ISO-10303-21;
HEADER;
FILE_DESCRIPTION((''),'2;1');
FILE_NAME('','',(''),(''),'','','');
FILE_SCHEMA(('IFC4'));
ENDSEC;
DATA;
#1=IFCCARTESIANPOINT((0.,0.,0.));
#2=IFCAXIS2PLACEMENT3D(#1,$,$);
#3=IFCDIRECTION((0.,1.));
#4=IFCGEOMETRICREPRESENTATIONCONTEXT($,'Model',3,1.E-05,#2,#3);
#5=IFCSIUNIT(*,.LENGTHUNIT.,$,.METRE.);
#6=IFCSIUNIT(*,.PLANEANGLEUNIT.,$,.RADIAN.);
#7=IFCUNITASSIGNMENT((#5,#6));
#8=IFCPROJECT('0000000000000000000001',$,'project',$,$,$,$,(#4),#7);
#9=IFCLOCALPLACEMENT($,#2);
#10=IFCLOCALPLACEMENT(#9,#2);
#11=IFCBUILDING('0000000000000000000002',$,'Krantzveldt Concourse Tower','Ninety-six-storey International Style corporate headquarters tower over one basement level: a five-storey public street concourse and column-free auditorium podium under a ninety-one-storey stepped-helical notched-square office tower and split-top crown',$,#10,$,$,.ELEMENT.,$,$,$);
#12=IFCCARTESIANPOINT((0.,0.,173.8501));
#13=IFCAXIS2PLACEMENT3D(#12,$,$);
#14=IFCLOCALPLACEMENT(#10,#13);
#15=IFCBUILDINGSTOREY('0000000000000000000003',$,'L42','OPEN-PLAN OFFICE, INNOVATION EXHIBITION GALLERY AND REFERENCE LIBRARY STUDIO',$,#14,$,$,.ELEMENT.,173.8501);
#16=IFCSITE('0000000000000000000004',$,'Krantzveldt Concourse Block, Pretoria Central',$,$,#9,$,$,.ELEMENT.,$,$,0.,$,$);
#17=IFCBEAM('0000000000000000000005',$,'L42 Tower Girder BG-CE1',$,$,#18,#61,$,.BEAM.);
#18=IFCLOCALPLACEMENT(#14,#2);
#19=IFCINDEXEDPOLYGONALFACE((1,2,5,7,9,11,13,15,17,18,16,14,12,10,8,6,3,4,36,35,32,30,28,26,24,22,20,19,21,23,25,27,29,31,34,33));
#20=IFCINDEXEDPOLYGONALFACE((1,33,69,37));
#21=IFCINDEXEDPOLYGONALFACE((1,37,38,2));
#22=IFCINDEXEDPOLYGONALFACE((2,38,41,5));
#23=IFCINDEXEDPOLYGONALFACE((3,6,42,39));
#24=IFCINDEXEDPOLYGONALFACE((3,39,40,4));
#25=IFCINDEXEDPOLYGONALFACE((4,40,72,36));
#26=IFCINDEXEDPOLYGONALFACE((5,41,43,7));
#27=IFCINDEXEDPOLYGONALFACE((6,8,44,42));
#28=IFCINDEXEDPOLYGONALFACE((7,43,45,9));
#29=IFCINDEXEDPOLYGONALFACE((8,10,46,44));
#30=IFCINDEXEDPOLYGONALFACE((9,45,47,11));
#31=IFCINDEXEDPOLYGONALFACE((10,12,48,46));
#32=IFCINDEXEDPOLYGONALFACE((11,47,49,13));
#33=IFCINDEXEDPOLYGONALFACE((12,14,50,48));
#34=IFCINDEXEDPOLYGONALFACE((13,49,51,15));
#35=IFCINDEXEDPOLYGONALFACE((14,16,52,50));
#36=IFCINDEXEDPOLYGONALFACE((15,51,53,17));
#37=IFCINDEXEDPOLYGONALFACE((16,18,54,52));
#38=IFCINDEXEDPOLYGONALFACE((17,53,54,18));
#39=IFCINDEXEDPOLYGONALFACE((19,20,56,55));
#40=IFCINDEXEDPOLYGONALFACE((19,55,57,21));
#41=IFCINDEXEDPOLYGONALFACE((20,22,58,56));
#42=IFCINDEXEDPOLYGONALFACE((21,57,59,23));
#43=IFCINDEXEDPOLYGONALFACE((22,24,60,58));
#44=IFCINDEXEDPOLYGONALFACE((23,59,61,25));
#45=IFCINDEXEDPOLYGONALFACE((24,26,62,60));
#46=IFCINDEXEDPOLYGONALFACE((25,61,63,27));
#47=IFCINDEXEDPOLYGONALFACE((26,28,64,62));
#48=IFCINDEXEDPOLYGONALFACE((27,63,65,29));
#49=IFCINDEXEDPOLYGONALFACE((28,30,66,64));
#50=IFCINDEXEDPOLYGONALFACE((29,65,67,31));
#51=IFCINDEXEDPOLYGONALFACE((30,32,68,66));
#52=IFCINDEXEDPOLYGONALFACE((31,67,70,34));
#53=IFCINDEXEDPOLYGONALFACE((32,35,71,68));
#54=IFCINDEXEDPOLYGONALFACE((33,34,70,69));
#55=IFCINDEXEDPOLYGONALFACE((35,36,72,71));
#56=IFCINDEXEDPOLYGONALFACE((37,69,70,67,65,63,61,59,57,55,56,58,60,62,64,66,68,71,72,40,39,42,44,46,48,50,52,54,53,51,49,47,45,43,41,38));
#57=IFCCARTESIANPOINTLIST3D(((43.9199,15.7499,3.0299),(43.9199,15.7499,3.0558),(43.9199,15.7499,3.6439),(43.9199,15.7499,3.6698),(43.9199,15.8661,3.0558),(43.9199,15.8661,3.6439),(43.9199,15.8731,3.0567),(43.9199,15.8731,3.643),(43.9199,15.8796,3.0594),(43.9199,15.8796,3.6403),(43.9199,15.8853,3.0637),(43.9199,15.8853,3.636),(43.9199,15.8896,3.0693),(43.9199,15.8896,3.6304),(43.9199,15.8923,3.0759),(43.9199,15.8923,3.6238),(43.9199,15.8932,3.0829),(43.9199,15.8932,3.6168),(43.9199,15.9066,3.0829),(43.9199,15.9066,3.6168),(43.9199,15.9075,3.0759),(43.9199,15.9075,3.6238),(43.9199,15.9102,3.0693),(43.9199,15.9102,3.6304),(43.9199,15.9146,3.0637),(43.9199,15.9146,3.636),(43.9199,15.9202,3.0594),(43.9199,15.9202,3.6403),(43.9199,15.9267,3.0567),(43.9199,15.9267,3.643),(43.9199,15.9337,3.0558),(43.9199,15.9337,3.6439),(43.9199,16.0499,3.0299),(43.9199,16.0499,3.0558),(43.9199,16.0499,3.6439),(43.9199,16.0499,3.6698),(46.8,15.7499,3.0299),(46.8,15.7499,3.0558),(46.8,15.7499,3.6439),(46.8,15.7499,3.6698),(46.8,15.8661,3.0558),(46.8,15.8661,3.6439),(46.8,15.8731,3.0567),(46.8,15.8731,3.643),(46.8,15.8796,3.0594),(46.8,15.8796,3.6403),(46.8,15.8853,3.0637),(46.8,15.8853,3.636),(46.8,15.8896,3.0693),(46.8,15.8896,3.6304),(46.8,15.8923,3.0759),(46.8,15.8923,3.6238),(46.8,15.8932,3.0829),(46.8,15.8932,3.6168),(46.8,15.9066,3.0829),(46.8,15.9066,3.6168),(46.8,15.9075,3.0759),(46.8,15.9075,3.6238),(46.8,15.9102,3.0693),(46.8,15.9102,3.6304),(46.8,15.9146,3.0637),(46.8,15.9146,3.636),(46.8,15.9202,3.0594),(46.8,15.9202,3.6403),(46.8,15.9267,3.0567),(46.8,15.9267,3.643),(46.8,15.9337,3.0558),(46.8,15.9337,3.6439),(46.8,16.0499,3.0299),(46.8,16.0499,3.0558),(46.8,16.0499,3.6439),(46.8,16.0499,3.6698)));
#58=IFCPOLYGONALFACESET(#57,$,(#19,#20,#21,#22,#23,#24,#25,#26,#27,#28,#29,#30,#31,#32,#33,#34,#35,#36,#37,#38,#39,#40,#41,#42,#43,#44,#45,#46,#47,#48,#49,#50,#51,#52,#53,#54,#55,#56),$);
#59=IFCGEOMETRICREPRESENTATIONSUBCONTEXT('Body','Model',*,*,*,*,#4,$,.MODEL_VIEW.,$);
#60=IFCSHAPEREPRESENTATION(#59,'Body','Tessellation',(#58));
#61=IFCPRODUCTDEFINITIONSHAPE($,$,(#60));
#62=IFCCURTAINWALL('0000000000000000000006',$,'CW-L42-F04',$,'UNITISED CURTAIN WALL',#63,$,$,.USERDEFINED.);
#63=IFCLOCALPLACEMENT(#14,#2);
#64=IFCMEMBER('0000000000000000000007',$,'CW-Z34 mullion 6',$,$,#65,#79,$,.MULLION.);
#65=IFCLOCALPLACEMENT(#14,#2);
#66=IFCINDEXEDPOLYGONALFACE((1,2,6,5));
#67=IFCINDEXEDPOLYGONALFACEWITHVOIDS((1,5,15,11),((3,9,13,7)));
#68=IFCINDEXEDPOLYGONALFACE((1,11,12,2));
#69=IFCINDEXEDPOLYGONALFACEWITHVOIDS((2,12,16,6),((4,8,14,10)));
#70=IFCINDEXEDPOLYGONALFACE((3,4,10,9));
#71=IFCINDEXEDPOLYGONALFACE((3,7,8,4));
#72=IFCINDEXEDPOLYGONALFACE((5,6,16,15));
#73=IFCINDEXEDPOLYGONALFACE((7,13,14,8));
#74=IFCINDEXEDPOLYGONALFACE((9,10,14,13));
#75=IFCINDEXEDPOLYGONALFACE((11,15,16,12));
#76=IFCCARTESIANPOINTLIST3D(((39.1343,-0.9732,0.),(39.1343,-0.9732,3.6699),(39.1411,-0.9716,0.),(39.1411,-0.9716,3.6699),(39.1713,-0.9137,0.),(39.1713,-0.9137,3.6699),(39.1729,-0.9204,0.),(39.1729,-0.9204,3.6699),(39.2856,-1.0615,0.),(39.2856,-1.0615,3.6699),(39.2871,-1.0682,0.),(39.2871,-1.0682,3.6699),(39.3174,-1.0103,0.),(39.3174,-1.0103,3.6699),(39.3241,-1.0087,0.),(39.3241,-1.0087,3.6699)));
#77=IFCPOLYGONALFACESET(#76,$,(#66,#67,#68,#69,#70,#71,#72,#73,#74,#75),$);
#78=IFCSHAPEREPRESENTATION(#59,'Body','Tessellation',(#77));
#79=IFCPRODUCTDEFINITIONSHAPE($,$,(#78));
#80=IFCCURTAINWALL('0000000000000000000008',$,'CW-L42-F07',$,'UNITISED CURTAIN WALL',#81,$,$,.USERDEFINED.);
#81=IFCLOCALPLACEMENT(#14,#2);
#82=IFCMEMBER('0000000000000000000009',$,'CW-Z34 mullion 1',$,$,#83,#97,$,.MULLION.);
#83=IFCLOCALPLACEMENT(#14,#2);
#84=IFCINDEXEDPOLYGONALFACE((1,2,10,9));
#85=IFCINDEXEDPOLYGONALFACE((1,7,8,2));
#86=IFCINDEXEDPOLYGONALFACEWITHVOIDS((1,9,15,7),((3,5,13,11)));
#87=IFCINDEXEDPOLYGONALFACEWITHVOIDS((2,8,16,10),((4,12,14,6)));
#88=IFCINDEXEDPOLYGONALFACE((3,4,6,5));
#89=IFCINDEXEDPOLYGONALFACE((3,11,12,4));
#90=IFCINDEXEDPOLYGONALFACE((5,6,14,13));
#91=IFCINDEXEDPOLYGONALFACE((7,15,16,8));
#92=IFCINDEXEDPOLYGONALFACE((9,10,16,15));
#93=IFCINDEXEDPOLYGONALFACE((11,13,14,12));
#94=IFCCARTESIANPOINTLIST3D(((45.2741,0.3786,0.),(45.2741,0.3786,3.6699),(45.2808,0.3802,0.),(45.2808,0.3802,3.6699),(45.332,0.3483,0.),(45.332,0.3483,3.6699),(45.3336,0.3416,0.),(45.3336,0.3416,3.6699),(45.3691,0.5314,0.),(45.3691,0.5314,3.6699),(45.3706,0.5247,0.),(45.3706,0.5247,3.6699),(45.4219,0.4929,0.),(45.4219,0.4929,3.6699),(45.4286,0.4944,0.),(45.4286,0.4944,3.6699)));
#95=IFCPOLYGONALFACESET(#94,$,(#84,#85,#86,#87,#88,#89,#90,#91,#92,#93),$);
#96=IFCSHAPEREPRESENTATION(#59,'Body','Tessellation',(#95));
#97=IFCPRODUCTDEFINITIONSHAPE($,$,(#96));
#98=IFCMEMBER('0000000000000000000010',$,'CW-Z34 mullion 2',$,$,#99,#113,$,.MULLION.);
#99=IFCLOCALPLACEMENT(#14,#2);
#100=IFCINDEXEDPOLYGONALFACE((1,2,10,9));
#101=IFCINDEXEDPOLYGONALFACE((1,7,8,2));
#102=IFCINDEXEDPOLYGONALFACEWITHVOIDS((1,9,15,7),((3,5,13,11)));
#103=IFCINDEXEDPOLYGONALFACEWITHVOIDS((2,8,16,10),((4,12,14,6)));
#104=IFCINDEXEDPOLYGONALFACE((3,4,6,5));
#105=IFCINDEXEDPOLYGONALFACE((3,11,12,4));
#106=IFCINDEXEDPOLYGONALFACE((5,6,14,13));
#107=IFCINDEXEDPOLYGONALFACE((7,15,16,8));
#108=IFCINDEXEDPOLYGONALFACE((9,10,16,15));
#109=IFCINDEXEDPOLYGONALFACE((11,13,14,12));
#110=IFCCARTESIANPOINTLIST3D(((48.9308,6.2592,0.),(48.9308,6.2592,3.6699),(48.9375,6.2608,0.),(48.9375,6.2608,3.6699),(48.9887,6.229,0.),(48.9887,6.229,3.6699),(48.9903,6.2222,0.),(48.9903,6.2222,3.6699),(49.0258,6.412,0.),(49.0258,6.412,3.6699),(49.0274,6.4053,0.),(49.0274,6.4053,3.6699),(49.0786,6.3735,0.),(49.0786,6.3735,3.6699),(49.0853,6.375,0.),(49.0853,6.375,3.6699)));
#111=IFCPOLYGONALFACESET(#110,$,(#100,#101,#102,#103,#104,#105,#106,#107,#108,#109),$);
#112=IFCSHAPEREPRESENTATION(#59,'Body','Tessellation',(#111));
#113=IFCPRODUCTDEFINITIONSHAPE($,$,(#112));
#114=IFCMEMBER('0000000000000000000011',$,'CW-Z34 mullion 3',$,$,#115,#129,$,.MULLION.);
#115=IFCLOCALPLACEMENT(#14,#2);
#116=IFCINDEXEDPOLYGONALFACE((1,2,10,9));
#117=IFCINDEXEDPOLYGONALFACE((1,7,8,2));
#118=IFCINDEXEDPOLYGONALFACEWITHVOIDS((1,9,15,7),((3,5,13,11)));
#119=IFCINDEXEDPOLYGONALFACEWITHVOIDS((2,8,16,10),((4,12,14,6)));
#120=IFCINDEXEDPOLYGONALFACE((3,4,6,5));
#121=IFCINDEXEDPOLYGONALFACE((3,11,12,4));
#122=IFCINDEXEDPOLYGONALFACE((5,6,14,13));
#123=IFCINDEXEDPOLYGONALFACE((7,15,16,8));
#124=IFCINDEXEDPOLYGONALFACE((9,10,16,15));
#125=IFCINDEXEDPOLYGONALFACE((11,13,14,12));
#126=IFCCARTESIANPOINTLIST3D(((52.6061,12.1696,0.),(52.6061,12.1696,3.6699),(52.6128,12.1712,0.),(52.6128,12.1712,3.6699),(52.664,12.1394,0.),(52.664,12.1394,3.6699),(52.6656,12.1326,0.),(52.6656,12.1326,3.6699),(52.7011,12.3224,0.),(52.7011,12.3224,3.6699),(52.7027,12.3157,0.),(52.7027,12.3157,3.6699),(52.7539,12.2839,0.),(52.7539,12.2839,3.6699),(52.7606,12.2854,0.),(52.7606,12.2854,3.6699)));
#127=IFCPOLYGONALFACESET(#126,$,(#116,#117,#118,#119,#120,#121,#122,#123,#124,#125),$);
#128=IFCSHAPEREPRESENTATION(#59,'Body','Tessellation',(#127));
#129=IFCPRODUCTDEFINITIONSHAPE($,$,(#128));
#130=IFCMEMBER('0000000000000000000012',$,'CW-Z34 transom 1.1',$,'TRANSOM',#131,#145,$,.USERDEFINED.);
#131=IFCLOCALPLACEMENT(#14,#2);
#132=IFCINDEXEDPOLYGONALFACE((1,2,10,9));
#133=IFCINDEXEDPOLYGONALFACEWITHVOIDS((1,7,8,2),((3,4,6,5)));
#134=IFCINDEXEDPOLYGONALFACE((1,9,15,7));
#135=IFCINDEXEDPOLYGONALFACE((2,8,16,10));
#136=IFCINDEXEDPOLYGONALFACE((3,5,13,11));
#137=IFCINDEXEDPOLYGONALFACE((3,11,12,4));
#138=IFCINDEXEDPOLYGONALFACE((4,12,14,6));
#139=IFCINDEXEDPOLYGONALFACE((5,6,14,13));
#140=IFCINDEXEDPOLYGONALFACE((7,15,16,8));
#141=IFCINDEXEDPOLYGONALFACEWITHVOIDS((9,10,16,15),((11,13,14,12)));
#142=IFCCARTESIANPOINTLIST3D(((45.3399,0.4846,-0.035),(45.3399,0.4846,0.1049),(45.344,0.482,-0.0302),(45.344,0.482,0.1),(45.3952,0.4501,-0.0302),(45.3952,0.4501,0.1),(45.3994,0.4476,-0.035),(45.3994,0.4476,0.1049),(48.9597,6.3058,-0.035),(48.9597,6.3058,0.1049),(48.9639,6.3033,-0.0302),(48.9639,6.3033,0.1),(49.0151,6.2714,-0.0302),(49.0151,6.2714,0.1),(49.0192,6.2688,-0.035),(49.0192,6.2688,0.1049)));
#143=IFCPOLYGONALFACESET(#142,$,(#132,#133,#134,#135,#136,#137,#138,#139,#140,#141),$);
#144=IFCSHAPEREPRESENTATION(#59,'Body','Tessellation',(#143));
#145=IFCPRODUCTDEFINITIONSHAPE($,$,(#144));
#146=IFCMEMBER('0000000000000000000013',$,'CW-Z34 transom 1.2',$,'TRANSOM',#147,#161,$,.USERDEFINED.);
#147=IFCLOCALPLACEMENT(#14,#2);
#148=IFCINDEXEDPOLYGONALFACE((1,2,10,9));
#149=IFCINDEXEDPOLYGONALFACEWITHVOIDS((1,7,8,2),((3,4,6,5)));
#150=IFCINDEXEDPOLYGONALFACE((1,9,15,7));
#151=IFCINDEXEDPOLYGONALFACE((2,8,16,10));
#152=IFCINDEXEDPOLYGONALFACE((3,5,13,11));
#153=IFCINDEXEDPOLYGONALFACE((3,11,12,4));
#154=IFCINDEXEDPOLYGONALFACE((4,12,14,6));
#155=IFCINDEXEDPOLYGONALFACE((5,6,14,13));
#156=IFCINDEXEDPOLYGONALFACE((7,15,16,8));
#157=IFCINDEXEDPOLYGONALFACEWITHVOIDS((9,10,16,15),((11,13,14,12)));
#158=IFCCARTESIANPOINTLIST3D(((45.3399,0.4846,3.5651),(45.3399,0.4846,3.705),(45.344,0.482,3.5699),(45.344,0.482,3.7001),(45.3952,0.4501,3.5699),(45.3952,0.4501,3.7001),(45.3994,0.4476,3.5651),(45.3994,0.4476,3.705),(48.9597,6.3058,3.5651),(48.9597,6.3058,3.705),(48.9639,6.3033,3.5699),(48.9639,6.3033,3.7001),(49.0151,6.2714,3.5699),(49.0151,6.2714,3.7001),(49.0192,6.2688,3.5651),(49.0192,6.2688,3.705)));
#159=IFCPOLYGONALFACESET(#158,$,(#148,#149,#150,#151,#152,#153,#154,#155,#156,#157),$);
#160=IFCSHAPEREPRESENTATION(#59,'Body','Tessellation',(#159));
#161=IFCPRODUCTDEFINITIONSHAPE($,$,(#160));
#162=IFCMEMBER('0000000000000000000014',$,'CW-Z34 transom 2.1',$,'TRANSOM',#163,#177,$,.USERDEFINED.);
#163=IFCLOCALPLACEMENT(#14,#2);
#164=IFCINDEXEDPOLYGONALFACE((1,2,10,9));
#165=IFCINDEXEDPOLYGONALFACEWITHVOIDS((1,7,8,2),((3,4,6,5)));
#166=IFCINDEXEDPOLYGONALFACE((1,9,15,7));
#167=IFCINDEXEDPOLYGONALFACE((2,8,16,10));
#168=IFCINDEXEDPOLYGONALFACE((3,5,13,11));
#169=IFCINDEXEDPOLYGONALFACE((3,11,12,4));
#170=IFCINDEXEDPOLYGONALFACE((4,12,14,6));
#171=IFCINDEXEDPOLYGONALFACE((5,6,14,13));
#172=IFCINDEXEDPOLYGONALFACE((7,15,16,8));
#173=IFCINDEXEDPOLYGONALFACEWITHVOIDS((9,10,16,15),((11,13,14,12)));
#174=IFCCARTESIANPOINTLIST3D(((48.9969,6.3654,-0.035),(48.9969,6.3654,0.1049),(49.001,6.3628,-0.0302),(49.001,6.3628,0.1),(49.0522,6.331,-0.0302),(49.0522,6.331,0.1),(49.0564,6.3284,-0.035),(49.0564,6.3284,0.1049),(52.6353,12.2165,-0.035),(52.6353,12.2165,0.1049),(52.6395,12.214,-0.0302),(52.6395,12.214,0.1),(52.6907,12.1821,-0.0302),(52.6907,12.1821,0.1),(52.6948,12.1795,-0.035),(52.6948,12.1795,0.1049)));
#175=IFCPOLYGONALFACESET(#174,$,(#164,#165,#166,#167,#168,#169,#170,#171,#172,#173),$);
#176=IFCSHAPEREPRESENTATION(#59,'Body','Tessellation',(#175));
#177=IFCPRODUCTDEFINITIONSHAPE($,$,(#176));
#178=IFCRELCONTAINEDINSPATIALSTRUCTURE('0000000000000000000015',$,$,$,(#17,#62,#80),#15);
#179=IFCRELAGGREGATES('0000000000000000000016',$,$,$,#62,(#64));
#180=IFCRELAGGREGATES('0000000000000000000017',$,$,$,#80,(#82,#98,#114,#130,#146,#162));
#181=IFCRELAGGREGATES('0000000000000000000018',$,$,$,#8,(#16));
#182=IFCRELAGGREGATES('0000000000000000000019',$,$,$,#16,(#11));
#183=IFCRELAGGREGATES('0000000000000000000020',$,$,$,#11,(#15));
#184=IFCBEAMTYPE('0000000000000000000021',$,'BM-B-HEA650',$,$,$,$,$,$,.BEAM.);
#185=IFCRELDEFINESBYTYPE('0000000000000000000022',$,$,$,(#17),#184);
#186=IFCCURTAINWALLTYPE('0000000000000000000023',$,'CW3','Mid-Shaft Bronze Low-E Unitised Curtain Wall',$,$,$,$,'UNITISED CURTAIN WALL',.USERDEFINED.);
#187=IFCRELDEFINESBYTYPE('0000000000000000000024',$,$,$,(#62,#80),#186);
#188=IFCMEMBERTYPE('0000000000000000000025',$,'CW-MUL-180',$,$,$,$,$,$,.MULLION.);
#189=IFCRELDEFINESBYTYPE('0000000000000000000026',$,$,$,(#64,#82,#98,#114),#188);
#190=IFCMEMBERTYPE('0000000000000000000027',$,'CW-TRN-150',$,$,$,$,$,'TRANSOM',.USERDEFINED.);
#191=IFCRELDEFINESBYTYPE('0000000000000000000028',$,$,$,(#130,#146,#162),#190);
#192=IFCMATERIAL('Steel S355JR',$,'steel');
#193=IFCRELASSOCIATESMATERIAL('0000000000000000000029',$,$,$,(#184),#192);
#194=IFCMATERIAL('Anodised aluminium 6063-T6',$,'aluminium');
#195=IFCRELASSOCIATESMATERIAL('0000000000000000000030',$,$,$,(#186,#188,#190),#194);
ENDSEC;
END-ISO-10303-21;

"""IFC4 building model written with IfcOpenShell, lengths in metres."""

from ifc_helpers import new_model, si_unit, direction, frame, origin, origin_2d, place, context, subcontext, project, spatial, hollow_rectangle, i_section, extrude, source, transform, mapped, material, material_profile, profile_set, type_object, type_shapes, element, aggregate, save


model = new_model("IFC4")

# Units and contexts
model_context = context("Model", 3, precision=1e-05, world=origin(), true_north=direction((0.0, 1.0)))
body_context = subcontext(model_context, "Body", "Model", "MODEL_VIEW")
ifc_project = project(units=[si_unit("LENGTHUNIT", "METRE"), si_unit("PLANEANGLEUNIT", "RADIAN")], contexts=[model_context])

# Site, building, storey
site_placement = place(None, origin())
site = spatial("IfcSite", under=ifc_project, at=site_placement, Name="Krantzveldt Concourse Block, Pretoria Central", CompositionType="ELEMENT", RefElevation=0.0)
building_placement = place(site_placement, origin())
building = spatial("IfcBuilding", under=site, at=building_placement, Name="Krantzveldt Concourse Tower", Description="Ninety-six-storey International Style corporate headquarters tower over one basement level: a five-storey public street concourse and column-free auditorium podium under a ninety-one-storey stepped-helical notched-square office tower and split-top crown", CompositionType="ELEMENT")
storey_placement = place(building_placement, frame((0.0, 0.0, 173.8501)))
storey = spatial("IfcBuildingStorey", under=building, at=storey_placement, Name="L42", Description="OPEN-PLAN OFFICE, INNOVATION EXHIBITION GALLERY AND REFERENCE LIBRARY STUDIO", CompositionType="ELEMENT", Elevation=173.8501)

# Beam
ifc_material_1 = material(Name="Steel S355JR", Category="steel")
ifc_material_profile_1 = material_profile(ifc_material_1, i_section(OverallWidth=0.3, OverallDepth=0.6399, WebThickness=0.0134, FlangeThickness=0.0259, FilletRadius=0.0271, at=origin_2d()), Name="Steel S355JR", Category="steel")
ifc_profile_set_1 = profile_set([ifc_material_profile_1], Name="Steel S355JR - HEA 650")
beam_type = type_object("IfcBeamType", Name="BM-B-HEA650", PredefinedType="BEAM", material=ifc_profile_set_1)
shared_shape_1 = source(origin(), body_context, "Body", "SweptSolid", [
    extrude(i_section(OverallWidth=0.3, OverallDepth=0.6399, WebThickness=0.0134, FlangeThickness=0.0259, FilletRadius=0.0271, at=origin_2d()), origin(), (0.0, 0.0, 1.0), 2.8801),
])
type_shapes(beam_type, [shared_shape_1])
beam_placement = place(storey_placement, frame((43.9199, 15.8999, 3.3499), z_axis=(1.0, 0.0, 0.0), x_axis=(0.0, 1.0, 0.0)))
element("IfcBeam", 1, at=beam_placement, inside=storey, type_object=beam_type, Name="L42 Tower Girder BG-CE1", PredefinedType="BEAM", context=body_context, shape_type="MappedRepresentation", body=[
    mapped(shared_shape_1, transform((0.0, 0.0, 0.0), x_axis=(1.0, 0.0, 0.0), y_axis=(0.0, 1.0, 0.0), z_axis=(0.0, 0.0, 1.0), scale=1.0)),
])

# Curtain wall, member
ifc_material_2 = material(Name="Anodised aluminium 6063-T6", Category="aluminium")
curtain_wall_type = type_object("IfcCurtainWallType", Name="CW3", Description="Mid-Shaft Bronze Low-E Unitised Curtain Wall", ElementType="UNITISED CURTAIN WALL", PredefinedType="USERDEFINED", material=ifc_material_2)
curtain_wall_1_placement = place(storey_placement, origin())
curtain_wall_1 = element("IfcCurtainWall", 2, at=curtain_wall_1_placement, inside=storey, type_object=curtain_wall_type, Name="CW-L42-F04", ObjectType="UNITISED CURTAIN WALL", PredefinedType="USERDEFINED")
ifc_material_profile_2 = material_profile(ifc_material_2, hollow_rectangle(XDim=0.0701, YDim=0.1799, WallThickness=0.0049, at=origin_2d()), Name="Anodised aluminium 6063-T6", Category="aluminium")
ifc_profile_set_2 = profile_set([ifc_material_profile_2], Name="Anodised aluminium 6063-T6 - ALU-MULL 180x70x5")
member_type_1 = type_object("IfcMemberType", Name="CW-MUL-180", PredefinedType="MULLION", material=ifc_profile_set_2)
shared_shape_2 = source(origin(), body_context, "Body", "SweptSolid", [
    extrude(hollow_rectangle(XDim=0.0701, YDim=0.1799, WallThickness=0.0049, at=origin_2d()), origin(), (0.0, 0.0, 1.0), 3.6699),
])
type_shapes(member_type_1, [shared_shape_2])
member_1_placement = place(storey_placement, frame((39.2292, -0.991, 0.0), z_axis=(0.0, 0.0, 1.0), x_axis=(0.528068, 0.849202, 0.0)))
member_1 = element("IfcMember", 3, at=member_1_placement, type_object=member_type_1, Name="CW-Z34 mullion 6", PredefinedType="MULLION", context=body_context, shape_type="MappedRepresentation", body=[
    mapped(shared_shape_2, transform((0.0, 0.0, 0.0), x_axis=(1.0, 0.0, 0.0), y_axis=(0.0, 1.0, 0.0), z_axis=(0.0, 0.0, 1.0), scale=1.0)),
])

# Curtain wall, members
curtain_wall_2_placement = place(storey_placement, origin())
curtain_wall_2 = element("IfcCurtainWall", 4, at=curtain_wall_2_placement, inside=storey, type_object=curtain_wall_type, Name="CW-L42-F07", ObjectType="UNITISED CURTAIN WALL", PredefinedType="USERDEFINED")
member_2_placement = place(storey_placement, frame((45.3513, 0.4365, 0.0), z_axis=(0.0, 0.0, 1.0), x_axis=(-0.849202, 0.528068, 0.0)))
member_2 = element("IfcMember", 5, at=member_2_placement, type_object=member_type_1, Name="CW-Z34 mullion 1", PredefinedType="MULLION", context=body_context, shape_type="MappedRepresentation", body=[
    mapped(shared_shape_2, transform((0.0, 0.0, 0.0), x_axis=(1.0, 0.0, 0.0), y_axis=(0.0, 1.0, 0.0), z_axis=(0.0, 0.0, 1.0), scale=1.0)),
])
member_3_placement = place(storey_placement, frame((49.0081, 6.3171, 0.0), z_axis=(0.0, 0.0, 1.0), x_axis=(-0.849202, 0.528068, 0.0)))
member_3 = element("IfcMember", 6, at=member_3_placement, type_object=member_type_1, Name="CW-Z34 mullion 2", PredefinedType="MULLION", context=body_context, shape_type="MappedRepresentation", body=[
    mapped(shared_shape_2, transform((0.0, 0.0, 0.0), x_axis=(1.0, 0.0, 0.0), y_axis=(0.0, 1.0, 0.0), z_axis=(0.0, 0.0, 1.0), scale=1.0)),
])
member_4_placement = place(storey_placement, frame((52.6833, 12.2275, 0.0), z_axis=(0.0, 0.0, 1.0), x_axis=(-0.849202, 0.528068, 0.0)))
member_4 = element("IfcMember", 7, at=member_4_placement, type_object=member_type_1, Name="CW-Z34 mullion 3", PredefinedType="MULLION", context=body_context, shape_type="MappedRepresentation", body=[
    mapped(shared_shape_2, transform((0.0, 0.0, 0.0), x_axis=(1.0, 0.0, 0.0), y_axis=(0.0, 1.0, 0.0), z_axis=(0.0, 0.0, 1.0), scale=1.0)),
])
ifc_material_profile_3 = material_profile(ifc_material_2, hollow_rectangle(XDim=0.0701, YDim=0.1399, WallThickness=0.0049, at=origin_2d()), Name="Anodised aluminium 6063-T6", Category="aluminium")
ifc_profile_set_3 = profile_set([ifc_material_profile_3], Name="Anodised aluminium 6063-T6 - ALU-TRAN 140x70x5")
member_type_2 = type_object("IfcMemberType", Name="CW-TRN-150", ElementType="TRANSOM", PredefinedType="USERDEFINED", material=ifc_profile_set_3)
shared_shape_3 = source(origin(), body_context, "Body", "SweptSolid", [
    extrude(hollow_rectangle(XDim=0.0701, YDim=0.1399, WallThickness=0.0049, at=origin_2d()), origin(), (0.0, 0.0, 1.0), 6.855),
])
member_5_placement = place(storey_placement, frame((45.3696, 0.4661, 0.0349), z_axis=(0.528064, 0.849205, 0.0), x_axis=(-0.849205, 0.528064, 0.0)))
member_5 = element("IfcMember", 8, at=member_5_placement, type_object=member_type_2, Name="CW-Z34 transom 1.1", ObjectType="TRANSOM", PredefinedType="USERDEFINED", context=body_context, shape_type="MappedRepresentation", body=[
    mapped(shared_shape_3, transform((0.0, 0.0, 0.0), x_axis=(1.0, 0.0, 0.0), y_axis=(0.0, 1.0, 0.0), z_axis=(0.0, 0.0, 1.0), scale=1.0)),
])
member_6_placement = place(storey_placement, frame((45.3696, 0.4661, 3.635), z_axis=(0.528064, 0.849205, 0.0), x_axis=(-0.849205, 0.528064, 0.0)))
member_6 = element("IfcMember", 9, at=member_6_placement, type_object=member_type_2, Name="CW-Z34 transom 1.2", ObjectType="TRANSOM", PredefinedType="USERDEFINED", context=body_context, shape_type="MappedRepresentation", body=[
    mapped(shared_shape_3, transform((0.0, 0.0, 0.0), x_axis=(1.0, 0.0, 0.0), y_axis=(0.0, 1.0, 0.0), z_axis=(0.0, 0.0, 1.0), scale=1.0)),
])
shared_shape_4 = source(origin(), body_context, "Body", "SweptSolid", [
    extrude(hollow_rectangle(XDim=0.0701, YDim=0.1399, WallThickness=0.0049, at=origin_2d()), origin(), (0.0, 0.0, 1.0), 6.8901),
])
type_shapes(member_type_2, [shared_shape_3, shared_shape_4])
member_7_placement = place(storey_placement, frame((49.0266, 6.3469, 0.0349), z_axis=(0.528067, 0.849202, 0.0), x_axis=(-0.849202, 0.528067, 0.0)))
member_7 = element("IfcMember", 10, at=member_7_placement, type_object=member_type_2, Name="CW-Z34 transom 2.1", ObjectType="TRANSOM", PredefinedType="USERDEFINED", context=body_context, shape_type="MappedRepresentation", body=[
    mapped(shared_shape_4, transform((0.0, 0.0, 0.0), x_axis=(1.0, 0.0, 0.0), y_axis=(0.0, 1.0, 0.0), z_axis=(0.0, 0.0, 1.0), scale=1.0)),
])

aggregate(curtain_wall_1, [member_1])
aggregate(curtain_wall_2, [member_2, member_3, member_4, member_5, member_6, member_7])

save(model, "model.ifc")
